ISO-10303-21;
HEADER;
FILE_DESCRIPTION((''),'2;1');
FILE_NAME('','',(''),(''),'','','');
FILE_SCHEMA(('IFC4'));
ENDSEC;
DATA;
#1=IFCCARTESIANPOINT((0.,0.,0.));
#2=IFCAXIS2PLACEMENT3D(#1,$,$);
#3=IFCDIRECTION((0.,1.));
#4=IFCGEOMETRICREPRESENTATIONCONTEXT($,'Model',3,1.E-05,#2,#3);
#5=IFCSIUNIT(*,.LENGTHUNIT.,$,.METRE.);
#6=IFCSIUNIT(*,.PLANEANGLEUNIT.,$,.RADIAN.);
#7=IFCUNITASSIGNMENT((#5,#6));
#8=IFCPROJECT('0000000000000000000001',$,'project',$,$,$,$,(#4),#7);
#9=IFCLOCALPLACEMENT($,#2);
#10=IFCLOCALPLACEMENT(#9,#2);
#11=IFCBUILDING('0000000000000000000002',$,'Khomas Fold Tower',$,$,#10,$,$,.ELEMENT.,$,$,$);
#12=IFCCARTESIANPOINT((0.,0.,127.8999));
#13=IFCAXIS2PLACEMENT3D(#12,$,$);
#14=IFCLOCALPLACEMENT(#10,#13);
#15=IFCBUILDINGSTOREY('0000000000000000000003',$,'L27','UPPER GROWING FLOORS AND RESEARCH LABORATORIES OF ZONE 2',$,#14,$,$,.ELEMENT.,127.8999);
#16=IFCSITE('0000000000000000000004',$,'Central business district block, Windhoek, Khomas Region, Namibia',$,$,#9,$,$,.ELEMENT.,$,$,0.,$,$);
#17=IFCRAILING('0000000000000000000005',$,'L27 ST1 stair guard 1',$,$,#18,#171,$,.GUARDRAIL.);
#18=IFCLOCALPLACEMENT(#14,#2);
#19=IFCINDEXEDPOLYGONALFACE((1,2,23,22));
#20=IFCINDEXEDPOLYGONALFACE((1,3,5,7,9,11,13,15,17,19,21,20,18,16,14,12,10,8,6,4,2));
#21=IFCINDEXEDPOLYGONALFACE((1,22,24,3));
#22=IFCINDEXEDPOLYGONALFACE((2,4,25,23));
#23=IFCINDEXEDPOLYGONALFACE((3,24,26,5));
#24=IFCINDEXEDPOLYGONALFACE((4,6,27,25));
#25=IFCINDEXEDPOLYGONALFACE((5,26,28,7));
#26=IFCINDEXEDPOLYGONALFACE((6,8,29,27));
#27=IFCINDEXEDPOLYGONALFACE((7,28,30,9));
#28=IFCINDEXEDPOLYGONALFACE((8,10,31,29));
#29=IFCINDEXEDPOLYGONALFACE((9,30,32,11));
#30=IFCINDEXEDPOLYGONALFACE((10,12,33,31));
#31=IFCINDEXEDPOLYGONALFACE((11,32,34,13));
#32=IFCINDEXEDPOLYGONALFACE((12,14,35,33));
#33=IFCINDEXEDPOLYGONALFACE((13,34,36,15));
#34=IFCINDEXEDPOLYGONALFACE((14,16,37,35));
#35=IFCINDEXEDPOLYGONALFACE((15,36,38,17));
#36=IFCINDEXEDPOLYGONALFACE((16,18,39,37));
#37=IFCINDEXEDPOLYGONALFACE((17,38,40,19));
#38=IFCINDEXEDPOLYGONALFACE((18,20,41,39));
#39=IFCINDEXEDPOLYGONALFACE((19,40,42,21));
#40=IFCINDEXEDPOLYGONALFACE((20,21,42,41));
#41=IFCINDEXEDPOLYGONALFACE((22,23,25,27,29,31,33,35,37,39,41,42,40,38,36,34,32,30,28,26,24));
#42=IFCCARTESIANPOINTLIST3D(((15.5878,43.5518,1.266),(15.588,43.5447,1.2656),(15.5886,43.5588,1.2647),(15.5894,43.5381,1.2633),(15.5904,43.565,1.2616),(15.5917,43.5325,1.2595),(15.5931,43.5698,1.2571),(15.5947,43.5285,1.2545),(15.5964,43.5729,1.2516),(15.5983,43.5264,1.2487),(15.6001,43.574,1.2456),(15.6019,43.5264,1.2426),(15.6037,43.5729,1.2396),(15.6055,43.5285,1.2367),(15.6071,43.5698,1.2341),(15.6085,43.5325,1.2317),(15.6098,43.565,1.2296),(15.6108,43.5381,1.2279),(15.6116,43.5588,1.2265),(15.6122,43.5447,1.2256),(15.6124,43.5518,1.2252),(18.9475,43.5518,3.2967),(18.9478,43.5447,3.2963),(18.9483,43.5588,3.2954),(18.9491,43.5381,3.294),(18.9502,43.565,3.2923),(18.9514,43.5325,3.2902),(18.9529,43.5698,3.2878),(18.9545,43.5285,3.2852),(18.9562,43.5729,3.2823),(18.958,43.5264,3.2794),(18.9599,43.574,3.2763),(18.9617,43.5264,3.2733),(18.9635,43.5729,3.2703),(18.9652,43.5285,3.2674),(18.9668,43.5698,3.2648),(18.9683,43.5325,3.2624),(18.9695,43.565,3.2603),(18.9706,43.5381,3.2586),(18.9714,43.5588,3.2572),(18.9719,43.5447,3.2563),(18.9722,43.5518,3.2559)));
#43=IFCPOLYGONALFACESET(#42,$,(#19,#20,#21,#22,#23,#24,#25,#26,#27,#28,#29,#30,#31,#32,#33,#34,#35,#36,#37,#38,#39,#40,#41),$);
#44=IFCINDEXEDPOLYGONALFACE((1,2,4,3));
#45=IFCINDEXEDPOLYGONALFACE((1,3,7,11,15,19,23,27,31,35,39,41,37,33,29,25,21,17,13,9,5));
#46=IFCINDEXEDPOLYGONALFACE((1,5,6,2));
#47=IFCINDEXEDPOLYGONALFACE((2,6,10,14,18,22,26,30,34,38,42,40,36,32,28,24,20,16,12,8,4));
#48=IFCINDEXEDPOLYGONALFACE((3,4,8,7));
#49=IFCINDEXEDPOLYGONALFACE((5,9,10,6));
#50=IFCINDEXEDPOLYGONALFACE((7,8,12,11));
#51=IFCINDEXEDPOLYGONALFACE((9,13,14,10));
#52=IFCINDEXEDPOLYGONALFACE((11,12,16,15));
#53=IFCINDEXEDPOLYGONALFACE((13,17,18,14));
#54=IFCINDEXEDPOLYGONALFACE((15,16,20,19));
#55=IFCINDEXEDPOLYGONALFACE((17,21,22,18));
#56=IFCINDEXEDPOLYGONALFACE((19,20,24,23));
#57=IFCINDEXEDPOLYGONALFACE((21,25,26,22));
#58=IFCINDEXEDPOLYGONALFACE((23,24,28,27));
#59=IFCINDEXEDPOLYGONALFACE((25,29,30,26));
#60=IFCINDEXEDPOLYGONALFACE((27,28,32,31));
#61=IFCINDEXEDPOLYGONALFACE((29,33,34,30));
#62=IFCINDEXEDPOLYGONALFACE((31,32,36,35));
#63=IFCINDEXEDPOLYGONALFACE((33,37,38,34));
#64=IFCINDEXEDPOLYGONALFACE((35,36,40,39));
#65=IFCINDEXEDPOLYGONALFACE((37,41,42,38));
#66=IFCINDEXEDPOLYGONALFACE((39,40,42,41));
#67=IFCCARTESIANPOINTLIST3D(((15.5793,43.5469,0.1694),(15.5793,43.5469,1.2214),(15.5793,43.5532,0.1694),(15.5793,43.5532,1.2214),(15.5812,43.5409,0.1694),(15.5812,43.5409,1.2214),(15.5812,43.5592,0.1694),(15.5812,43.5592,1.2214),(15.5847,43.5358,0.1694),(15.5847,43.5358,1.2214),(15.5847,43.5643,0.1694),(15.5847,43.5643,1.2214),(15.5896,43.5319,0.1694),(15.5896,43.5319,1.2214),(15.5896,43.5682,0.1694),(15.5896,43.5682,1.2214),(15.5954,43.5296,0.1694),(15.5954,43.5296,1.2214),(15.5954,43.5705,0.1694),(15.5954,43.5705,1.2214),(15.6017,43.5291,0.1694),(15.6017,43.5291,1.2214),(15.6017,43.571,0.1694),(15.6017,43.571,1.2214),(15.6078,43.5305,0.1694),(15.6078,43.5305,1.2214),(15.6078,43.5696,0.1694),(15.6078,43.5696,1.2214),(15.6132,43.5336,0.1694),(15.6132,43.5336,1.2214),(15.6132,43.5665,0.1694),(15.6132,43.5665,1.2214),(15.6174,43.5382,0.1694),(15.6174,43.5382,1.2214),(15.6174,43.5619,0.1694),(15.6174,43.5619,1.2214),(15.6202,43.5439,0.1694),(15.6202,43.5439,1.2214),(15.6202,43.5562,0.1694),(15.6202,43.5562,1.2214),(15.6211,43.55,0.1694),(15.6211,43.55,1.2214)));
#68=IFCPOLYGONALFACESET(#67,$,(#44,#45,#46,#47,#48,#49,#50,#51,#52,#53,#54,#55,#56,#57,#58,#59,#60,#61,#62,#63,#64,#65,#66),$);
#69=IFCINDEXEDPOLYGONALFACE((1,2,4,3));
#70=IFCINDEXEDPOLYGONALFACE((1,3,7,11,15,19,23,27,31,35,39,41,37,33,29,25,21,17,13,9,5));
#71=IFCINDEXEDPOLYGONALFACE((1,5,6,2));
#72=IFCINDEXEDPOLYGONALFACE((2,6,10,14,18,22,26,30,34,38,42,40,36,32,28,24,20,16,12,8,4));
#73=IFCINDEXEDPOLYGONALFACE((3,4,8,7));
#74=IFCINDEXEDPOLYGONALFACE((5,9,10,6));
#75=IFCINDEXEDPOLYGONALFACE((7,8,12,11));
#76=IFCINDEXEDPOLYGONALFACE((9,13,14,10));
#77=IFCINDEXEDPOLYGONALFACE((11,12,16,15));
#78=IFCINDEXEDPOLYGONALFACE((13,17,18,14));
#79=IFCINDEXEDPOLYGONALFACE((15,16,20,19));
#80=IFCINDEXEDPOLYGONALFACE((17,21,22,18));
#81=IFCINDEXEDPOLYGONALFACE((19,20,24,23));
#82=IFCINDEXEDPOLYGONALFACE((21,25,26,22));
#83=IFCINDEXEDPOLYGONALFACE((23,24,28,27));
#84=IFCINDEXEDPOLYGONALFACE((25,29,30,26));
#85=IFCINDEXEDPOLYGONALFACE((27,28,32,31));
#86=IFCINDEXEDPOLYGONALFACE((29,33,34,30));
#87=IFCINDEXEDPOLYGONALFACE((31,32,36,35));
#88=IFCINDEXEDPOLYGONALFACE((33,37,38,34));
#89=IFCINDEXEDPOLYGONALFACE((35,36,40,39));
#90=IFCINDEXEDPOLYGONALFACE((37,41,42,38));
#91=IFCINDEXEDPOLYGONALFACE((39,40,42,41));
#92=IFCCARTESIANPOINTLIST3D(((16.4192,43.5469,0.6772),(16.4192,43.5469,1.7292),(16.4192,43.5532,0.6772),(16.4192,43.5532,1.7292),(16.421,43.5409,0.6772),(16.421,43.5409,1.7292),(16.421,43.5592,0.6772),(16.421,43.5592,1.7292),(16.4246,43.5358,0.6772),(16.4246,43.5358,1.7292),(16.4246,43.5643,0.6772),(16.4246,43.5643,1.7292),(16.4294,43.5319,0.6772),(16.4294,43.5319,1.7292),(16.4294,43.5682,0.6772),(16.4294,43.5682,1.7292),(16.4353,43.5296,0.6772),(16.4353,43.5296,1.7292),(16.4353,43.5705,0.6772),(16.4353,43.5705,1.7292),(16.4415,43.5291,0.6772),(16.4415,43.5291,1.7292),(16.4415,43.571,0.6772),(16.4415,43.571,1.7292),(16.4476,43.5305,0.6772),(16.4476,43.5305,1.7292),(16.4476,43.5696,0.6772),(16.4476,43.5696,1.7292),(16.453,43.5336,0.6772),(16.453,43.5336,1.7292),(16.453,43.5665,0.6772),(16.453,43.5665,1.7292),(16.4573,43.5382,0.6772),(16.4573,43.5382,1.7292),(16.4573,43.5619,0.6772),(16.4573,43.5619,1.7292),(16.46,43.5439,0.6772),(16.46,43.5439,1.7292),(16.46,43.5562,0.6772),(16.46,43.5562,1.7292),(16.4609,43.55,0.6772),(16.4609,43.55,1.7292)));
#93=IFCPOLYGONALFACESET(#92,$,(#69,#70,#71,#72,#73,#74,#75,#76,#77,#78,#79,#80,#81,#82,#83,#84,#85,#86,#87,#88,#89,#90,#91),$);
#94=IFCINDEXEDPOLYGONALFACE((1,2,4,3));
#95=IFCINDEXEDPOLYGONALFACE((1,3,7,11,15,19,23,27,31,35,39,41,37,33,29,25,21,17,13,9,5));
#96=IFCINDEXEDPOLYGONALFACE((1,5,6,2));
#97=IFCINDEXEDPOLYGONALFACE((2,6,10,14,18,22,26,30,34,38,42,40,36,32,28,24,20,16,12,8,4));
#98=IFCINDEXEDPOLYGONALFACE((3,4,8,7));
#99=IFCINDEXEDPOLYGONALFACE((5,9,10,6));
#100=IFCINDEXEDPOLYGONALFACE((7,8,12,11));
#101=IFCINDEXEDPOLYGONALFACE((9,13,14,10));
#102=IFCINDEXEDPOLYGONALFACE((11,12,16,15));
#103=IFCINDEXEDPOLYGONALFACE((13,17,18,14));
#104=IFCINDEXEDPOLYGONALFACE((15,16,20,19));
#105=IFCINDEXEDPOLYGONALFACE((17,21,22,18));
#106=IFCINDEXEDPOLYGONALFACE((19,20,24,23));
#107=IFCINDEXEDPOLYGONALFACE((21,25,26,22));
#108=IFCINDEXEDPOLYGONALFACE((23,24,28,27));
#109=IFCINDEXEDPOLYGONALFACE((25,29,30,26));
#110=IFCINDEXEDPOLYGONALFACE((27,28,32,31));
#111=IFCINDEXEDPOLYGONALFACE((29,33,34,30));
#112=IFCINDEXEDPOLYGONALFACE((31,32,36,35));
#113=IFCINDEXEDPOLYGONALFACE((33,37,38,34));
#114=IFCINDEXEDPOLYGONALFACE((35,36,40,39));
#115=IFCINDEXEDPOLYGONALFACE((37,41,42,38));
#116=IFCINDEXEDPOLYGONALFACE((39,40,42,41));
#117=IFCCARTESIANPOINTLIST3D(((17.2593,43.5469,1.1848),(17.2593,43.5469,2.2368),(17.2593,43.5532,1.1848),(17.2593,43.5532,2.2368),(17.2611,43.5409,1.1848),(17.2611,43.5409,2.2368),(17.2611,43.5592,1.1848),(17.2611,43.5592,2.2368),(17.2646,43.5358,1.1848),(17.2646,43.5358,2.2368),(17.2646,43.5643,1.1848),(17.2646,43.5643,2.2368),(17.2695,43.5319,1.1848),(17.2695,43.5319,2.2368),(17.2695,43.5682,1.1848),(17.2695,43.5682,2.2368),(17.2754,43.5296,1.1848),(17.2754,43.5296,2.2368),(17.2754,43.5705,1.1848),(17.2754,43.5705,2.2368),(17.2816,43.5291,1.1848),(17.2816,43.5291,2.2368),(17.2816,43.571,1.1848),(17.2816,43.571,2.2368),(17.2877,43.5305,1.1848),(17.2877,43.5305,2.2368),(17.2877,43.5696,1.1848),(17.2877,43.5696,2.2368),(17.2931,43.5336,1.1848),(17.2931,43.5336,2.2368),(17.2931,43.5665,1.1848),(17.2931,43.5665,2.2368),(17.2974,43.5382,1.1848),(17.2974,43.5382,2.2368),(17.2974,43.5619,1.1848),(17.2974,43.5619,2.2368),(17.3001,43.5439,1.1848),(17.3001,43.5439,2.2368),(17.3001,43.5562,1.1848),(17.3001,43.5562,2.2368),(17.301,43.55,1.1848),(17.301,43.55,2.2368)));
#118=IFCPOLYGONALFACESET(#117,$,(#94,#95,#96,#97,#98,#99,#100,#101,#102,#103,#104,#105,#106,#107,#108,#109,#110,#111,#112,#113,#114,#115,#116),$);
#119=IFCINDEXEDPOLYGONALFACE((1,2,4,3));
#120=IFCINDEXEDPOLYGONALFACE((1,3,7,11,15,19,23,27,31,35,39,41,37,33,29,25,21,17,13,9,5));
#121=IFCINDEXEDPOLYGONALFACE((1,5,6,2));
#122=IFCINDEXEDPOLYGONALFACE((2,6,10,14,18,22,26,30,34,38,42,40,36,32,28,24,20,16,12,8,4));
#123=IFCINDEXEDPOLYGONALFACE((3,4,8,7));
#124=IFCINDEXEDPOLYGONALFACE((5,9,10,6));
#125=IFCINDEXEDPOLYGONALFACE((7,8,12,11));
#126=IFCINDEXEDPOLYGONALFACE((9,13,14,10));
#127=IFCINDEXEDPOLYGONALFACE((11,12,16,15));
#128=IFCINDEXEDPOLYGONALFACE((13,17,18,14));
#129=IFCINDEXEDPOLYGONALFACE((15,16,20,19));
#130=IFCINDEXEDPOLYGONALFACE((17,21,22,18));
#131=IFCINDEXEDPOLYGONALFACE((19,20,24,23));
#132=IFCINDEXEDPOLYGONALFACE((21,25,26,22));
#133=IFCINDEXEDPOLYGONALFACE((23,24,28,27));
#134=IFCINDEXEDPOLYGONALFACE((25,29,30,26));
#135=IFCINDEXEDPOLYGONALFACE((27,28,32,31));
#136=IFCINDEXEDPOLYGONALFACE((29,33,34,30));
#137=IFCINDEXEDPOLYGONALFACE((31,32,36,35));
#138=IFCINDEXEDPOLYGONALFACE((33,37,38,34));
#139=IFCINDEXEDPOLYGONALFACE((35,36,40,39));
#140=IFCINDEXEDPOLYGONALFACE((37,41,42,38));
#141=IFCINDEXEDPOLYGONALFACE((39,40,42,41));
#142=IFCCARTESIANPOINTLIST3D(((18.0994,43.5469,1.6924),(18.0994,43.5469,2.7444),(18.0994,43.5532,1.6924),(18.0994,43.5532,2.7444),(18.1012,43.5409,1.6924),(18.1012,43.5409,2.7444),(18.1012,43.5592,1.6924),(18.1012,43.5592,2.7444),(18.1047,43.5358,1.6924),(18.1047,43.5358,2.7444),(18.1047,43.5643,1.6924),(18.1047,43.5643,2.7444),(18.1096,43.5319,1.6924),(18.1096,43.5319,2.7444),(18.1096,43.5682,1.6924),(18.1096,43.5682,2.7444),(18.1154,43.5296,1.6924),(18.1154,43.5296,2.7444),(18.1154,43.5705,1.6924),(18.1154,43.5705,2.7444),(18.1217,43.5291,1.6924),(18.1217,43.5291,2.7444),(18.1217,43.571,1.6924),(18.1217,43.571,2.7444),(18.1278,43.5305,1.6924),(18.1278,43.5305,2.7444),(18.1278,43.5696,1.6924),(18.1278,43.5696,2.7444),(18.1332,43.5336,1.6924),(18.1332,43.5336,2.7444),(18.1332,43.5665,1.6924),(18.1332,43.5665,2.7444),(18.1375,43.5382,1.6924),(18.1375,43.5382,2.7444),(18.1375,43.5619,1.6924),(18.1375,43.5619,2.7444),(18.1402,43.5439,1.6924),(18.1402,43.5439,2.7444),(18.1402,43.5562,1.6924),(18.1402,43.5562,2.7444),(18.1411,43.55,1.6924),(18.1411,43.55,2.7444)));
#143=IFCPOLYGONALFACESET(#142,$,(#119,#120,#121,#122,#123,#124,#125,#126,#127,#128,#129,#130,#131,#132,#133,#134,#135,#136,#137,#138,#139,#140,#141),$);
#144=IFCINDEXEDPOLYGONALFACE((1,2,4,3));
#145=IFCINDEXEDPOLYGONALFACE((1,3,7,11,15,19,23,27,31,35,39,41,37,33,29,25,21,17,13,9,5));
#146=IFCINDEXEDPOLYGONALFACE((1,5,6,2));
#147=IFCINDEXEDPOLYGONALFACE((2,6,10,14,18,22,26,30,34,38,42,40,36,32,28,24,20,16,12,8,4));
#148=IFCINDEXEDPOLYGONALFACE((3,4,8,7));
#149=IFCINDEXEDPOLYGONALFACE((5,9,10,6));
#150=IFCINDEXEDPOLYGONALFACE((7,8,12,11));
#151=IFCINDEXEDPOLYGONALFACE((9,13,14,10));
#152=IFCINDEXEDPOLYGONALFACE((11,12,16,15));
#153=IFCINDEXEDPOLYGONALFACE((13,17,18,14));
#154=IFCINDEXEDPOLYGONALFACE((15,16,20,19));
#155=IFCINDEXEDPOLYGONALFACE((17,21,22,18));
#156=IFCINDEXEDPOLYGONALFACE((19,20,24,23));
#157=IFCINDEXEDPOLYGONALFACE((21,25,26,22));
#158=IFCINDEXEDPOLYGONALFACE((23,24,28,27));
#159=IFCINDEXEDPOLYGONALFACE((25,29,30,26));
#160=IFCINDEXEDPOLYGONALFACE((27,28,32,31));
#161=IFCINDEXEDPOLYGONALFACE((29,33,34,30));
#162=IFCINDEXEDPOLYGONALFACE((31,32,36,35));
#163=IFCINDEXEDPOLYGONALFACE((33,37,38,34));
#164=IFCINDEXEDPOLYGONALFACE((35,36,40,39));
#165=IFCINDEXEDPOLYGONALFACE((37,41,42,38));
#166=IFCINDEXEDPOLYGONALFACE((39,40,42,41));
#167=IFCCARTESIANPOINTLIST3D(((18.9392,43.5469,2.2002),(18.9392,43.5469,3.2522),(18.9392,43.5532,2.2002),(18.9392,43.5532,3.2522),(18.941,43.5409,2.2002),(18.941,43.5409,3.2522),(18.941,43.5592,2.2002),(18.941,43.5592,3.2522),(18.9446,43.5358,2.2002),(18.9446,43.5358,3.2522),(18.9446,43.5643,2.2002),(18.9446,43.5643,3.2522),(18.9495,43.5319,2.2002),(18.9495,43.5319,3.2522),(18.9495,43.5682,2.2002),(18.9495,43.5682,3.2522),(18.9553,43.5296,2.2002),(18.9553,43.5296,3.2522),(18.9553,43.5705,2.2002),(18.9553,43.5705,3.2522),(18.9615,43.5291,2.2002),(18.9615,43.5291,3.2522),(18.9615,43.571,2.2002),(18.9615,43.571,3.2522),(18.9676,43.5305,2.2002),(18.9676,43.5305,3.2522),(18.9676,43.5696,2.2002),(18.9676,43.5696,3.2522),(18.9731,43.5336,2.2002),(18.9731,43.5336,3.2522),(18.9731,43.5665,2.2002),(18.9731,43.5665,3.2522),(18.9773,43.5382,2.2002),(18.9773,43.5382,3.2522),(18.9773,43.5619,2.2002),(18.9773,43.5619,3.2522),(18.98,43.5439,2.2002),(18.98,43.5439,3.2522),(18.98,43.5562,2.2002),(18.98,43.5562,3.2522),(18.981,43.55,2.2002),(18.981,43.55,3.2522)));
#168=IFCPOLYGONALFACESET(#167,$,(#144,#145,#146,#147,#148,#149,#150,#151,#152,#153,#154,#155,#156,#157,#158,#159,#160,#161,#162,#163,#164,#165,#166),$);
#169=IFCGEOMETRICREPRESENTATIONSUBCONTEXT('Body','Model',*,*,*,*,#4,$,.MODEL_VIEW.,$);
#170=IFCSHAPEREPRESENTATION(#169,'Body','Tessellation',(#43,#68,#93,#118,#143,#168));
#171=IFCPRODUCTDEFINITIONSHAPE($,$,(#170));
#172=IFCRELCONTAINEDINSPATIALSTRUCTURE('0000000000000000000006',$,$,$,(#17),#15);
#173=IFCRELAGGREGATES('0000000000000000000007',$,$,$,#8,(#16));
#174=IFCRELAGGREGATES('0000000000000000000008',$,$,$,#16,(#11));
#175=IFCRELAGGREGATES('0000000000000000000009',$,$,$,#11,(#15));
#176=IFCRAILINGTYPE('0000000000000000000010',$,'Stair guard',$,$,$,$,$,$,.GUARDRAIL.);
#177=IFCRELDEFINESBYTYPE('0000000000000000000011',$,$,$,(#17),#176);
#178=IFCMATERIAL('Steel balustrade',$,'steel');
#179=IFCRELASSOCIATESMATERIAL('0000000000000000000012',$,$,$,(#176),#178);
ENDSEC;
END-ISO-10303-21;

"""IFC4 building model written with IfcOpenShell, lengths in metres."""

from ifc_helpers import new_model, si_unit, direction, frame, origin, origin_2d, place, context, subcontext, project, spatial, circle, extrude, source, transform, mapped, material, type_object, element, save


model = new_model("IFC4")

# Units and contexts
model_context = context("Model", 3, precision=1e-05, world=origin(), true_north=direction((0.0, 1.0)))
body_context = subcontext(model_context, "Body", "Model", "MODEL_VIEW")
ifc_project = project(units=[si_unit("LENGTHUNIT", "METRE"), si_unit("PLANEANGLEUNIT", "RADIAN")], contexts=[model_context])

# Site, building, storey
site_placement = place(None, origin())
site = spatial("IfcSite", under=ifc_project, at=site_placement, Name="Central business district block, Windhoek, Khomas Region, Namibia", CompositionType="ELEMENT", RefElevation=0.0)
building_placement = place(site_placement, origin())
building = spatial("IfcBuilding", under=site, at=building_placement, Name="Khomas Fold Tower", CompositionType="ELEMENT")
storey_placement = place(building_placement, frame((0.0, 0.0, 127.8999)))
storey = spatial("IfcBuildingStorey", under=building, at=storey_placement, Name="L27", Description="UPPER GROWING FLOORS AND RESEARCH LABORATORIES OF ZONE 2", CompositionType="ELEMENT", Elevation=127.8999)

# Railing
ifc_material_1 = material(Name="Steel balustrade", Category="steel")
railing_type_1 = type_object("IfcRailingType", Name="Stair guard", PredefinedType="GUARDRAIL", material=ifc_material_1)
shared_shape_1 = source(origin(), body_context, "Body", "SweptSolid", [
    extrude(circle(Radius=0.0239, at=origin_2d()), frame((0.0, 0.0, 1.0762), z_axis=(0.85582, 0.0, 0.517273), x_axis=(0.0, 1.0, 0.0)), (0.0, 0.0, 1.0), 3.9258),
    extrude(circle(Radius=0.021, at=origin_2d()), origin(), (0.0, 0.0, 1.0), 1.052),
    extrude(circle(Radius=0.021, at=origin_2d()), frame((0.8398, 0.0, 0.5078)), (0.0, 0.0, 1.0), 1.052),
    extrude(circle(Radius=0.021, at=origin_2d()), frame((1.6799, 0.0, 1.0154)), (0.0, 0.0, 1.0), 1.052),
    extrude(circle(Radius=0.021, at=origin_2d()), frame((2.52, 0.0, 1.5229)), (0.0, 0.0, 1.0), 1.052),
    extrude(circle(Radius=0.021, at=origin_2d()), frame((3.3599, 0.0, 2.0308)), (0.0, 0.0, 1.0), 1.052),
])
railing_1_placement = place(storey_placement, frame((15.6001, 43.55, 0.1694)))
element("IfcRailing", 1, at=railing_1_placement, inside=storey, type_object=railing_type_1, Name="L27 ST1 stair guard 1", PredefinedType="GUARDRAIL", context=body_context, shape_type="MappedRepresentation", body=[
    mapped(shared_shape_1, transform((0.0, 0.0, 0.0))),
])

save(model, "model.ifc")
